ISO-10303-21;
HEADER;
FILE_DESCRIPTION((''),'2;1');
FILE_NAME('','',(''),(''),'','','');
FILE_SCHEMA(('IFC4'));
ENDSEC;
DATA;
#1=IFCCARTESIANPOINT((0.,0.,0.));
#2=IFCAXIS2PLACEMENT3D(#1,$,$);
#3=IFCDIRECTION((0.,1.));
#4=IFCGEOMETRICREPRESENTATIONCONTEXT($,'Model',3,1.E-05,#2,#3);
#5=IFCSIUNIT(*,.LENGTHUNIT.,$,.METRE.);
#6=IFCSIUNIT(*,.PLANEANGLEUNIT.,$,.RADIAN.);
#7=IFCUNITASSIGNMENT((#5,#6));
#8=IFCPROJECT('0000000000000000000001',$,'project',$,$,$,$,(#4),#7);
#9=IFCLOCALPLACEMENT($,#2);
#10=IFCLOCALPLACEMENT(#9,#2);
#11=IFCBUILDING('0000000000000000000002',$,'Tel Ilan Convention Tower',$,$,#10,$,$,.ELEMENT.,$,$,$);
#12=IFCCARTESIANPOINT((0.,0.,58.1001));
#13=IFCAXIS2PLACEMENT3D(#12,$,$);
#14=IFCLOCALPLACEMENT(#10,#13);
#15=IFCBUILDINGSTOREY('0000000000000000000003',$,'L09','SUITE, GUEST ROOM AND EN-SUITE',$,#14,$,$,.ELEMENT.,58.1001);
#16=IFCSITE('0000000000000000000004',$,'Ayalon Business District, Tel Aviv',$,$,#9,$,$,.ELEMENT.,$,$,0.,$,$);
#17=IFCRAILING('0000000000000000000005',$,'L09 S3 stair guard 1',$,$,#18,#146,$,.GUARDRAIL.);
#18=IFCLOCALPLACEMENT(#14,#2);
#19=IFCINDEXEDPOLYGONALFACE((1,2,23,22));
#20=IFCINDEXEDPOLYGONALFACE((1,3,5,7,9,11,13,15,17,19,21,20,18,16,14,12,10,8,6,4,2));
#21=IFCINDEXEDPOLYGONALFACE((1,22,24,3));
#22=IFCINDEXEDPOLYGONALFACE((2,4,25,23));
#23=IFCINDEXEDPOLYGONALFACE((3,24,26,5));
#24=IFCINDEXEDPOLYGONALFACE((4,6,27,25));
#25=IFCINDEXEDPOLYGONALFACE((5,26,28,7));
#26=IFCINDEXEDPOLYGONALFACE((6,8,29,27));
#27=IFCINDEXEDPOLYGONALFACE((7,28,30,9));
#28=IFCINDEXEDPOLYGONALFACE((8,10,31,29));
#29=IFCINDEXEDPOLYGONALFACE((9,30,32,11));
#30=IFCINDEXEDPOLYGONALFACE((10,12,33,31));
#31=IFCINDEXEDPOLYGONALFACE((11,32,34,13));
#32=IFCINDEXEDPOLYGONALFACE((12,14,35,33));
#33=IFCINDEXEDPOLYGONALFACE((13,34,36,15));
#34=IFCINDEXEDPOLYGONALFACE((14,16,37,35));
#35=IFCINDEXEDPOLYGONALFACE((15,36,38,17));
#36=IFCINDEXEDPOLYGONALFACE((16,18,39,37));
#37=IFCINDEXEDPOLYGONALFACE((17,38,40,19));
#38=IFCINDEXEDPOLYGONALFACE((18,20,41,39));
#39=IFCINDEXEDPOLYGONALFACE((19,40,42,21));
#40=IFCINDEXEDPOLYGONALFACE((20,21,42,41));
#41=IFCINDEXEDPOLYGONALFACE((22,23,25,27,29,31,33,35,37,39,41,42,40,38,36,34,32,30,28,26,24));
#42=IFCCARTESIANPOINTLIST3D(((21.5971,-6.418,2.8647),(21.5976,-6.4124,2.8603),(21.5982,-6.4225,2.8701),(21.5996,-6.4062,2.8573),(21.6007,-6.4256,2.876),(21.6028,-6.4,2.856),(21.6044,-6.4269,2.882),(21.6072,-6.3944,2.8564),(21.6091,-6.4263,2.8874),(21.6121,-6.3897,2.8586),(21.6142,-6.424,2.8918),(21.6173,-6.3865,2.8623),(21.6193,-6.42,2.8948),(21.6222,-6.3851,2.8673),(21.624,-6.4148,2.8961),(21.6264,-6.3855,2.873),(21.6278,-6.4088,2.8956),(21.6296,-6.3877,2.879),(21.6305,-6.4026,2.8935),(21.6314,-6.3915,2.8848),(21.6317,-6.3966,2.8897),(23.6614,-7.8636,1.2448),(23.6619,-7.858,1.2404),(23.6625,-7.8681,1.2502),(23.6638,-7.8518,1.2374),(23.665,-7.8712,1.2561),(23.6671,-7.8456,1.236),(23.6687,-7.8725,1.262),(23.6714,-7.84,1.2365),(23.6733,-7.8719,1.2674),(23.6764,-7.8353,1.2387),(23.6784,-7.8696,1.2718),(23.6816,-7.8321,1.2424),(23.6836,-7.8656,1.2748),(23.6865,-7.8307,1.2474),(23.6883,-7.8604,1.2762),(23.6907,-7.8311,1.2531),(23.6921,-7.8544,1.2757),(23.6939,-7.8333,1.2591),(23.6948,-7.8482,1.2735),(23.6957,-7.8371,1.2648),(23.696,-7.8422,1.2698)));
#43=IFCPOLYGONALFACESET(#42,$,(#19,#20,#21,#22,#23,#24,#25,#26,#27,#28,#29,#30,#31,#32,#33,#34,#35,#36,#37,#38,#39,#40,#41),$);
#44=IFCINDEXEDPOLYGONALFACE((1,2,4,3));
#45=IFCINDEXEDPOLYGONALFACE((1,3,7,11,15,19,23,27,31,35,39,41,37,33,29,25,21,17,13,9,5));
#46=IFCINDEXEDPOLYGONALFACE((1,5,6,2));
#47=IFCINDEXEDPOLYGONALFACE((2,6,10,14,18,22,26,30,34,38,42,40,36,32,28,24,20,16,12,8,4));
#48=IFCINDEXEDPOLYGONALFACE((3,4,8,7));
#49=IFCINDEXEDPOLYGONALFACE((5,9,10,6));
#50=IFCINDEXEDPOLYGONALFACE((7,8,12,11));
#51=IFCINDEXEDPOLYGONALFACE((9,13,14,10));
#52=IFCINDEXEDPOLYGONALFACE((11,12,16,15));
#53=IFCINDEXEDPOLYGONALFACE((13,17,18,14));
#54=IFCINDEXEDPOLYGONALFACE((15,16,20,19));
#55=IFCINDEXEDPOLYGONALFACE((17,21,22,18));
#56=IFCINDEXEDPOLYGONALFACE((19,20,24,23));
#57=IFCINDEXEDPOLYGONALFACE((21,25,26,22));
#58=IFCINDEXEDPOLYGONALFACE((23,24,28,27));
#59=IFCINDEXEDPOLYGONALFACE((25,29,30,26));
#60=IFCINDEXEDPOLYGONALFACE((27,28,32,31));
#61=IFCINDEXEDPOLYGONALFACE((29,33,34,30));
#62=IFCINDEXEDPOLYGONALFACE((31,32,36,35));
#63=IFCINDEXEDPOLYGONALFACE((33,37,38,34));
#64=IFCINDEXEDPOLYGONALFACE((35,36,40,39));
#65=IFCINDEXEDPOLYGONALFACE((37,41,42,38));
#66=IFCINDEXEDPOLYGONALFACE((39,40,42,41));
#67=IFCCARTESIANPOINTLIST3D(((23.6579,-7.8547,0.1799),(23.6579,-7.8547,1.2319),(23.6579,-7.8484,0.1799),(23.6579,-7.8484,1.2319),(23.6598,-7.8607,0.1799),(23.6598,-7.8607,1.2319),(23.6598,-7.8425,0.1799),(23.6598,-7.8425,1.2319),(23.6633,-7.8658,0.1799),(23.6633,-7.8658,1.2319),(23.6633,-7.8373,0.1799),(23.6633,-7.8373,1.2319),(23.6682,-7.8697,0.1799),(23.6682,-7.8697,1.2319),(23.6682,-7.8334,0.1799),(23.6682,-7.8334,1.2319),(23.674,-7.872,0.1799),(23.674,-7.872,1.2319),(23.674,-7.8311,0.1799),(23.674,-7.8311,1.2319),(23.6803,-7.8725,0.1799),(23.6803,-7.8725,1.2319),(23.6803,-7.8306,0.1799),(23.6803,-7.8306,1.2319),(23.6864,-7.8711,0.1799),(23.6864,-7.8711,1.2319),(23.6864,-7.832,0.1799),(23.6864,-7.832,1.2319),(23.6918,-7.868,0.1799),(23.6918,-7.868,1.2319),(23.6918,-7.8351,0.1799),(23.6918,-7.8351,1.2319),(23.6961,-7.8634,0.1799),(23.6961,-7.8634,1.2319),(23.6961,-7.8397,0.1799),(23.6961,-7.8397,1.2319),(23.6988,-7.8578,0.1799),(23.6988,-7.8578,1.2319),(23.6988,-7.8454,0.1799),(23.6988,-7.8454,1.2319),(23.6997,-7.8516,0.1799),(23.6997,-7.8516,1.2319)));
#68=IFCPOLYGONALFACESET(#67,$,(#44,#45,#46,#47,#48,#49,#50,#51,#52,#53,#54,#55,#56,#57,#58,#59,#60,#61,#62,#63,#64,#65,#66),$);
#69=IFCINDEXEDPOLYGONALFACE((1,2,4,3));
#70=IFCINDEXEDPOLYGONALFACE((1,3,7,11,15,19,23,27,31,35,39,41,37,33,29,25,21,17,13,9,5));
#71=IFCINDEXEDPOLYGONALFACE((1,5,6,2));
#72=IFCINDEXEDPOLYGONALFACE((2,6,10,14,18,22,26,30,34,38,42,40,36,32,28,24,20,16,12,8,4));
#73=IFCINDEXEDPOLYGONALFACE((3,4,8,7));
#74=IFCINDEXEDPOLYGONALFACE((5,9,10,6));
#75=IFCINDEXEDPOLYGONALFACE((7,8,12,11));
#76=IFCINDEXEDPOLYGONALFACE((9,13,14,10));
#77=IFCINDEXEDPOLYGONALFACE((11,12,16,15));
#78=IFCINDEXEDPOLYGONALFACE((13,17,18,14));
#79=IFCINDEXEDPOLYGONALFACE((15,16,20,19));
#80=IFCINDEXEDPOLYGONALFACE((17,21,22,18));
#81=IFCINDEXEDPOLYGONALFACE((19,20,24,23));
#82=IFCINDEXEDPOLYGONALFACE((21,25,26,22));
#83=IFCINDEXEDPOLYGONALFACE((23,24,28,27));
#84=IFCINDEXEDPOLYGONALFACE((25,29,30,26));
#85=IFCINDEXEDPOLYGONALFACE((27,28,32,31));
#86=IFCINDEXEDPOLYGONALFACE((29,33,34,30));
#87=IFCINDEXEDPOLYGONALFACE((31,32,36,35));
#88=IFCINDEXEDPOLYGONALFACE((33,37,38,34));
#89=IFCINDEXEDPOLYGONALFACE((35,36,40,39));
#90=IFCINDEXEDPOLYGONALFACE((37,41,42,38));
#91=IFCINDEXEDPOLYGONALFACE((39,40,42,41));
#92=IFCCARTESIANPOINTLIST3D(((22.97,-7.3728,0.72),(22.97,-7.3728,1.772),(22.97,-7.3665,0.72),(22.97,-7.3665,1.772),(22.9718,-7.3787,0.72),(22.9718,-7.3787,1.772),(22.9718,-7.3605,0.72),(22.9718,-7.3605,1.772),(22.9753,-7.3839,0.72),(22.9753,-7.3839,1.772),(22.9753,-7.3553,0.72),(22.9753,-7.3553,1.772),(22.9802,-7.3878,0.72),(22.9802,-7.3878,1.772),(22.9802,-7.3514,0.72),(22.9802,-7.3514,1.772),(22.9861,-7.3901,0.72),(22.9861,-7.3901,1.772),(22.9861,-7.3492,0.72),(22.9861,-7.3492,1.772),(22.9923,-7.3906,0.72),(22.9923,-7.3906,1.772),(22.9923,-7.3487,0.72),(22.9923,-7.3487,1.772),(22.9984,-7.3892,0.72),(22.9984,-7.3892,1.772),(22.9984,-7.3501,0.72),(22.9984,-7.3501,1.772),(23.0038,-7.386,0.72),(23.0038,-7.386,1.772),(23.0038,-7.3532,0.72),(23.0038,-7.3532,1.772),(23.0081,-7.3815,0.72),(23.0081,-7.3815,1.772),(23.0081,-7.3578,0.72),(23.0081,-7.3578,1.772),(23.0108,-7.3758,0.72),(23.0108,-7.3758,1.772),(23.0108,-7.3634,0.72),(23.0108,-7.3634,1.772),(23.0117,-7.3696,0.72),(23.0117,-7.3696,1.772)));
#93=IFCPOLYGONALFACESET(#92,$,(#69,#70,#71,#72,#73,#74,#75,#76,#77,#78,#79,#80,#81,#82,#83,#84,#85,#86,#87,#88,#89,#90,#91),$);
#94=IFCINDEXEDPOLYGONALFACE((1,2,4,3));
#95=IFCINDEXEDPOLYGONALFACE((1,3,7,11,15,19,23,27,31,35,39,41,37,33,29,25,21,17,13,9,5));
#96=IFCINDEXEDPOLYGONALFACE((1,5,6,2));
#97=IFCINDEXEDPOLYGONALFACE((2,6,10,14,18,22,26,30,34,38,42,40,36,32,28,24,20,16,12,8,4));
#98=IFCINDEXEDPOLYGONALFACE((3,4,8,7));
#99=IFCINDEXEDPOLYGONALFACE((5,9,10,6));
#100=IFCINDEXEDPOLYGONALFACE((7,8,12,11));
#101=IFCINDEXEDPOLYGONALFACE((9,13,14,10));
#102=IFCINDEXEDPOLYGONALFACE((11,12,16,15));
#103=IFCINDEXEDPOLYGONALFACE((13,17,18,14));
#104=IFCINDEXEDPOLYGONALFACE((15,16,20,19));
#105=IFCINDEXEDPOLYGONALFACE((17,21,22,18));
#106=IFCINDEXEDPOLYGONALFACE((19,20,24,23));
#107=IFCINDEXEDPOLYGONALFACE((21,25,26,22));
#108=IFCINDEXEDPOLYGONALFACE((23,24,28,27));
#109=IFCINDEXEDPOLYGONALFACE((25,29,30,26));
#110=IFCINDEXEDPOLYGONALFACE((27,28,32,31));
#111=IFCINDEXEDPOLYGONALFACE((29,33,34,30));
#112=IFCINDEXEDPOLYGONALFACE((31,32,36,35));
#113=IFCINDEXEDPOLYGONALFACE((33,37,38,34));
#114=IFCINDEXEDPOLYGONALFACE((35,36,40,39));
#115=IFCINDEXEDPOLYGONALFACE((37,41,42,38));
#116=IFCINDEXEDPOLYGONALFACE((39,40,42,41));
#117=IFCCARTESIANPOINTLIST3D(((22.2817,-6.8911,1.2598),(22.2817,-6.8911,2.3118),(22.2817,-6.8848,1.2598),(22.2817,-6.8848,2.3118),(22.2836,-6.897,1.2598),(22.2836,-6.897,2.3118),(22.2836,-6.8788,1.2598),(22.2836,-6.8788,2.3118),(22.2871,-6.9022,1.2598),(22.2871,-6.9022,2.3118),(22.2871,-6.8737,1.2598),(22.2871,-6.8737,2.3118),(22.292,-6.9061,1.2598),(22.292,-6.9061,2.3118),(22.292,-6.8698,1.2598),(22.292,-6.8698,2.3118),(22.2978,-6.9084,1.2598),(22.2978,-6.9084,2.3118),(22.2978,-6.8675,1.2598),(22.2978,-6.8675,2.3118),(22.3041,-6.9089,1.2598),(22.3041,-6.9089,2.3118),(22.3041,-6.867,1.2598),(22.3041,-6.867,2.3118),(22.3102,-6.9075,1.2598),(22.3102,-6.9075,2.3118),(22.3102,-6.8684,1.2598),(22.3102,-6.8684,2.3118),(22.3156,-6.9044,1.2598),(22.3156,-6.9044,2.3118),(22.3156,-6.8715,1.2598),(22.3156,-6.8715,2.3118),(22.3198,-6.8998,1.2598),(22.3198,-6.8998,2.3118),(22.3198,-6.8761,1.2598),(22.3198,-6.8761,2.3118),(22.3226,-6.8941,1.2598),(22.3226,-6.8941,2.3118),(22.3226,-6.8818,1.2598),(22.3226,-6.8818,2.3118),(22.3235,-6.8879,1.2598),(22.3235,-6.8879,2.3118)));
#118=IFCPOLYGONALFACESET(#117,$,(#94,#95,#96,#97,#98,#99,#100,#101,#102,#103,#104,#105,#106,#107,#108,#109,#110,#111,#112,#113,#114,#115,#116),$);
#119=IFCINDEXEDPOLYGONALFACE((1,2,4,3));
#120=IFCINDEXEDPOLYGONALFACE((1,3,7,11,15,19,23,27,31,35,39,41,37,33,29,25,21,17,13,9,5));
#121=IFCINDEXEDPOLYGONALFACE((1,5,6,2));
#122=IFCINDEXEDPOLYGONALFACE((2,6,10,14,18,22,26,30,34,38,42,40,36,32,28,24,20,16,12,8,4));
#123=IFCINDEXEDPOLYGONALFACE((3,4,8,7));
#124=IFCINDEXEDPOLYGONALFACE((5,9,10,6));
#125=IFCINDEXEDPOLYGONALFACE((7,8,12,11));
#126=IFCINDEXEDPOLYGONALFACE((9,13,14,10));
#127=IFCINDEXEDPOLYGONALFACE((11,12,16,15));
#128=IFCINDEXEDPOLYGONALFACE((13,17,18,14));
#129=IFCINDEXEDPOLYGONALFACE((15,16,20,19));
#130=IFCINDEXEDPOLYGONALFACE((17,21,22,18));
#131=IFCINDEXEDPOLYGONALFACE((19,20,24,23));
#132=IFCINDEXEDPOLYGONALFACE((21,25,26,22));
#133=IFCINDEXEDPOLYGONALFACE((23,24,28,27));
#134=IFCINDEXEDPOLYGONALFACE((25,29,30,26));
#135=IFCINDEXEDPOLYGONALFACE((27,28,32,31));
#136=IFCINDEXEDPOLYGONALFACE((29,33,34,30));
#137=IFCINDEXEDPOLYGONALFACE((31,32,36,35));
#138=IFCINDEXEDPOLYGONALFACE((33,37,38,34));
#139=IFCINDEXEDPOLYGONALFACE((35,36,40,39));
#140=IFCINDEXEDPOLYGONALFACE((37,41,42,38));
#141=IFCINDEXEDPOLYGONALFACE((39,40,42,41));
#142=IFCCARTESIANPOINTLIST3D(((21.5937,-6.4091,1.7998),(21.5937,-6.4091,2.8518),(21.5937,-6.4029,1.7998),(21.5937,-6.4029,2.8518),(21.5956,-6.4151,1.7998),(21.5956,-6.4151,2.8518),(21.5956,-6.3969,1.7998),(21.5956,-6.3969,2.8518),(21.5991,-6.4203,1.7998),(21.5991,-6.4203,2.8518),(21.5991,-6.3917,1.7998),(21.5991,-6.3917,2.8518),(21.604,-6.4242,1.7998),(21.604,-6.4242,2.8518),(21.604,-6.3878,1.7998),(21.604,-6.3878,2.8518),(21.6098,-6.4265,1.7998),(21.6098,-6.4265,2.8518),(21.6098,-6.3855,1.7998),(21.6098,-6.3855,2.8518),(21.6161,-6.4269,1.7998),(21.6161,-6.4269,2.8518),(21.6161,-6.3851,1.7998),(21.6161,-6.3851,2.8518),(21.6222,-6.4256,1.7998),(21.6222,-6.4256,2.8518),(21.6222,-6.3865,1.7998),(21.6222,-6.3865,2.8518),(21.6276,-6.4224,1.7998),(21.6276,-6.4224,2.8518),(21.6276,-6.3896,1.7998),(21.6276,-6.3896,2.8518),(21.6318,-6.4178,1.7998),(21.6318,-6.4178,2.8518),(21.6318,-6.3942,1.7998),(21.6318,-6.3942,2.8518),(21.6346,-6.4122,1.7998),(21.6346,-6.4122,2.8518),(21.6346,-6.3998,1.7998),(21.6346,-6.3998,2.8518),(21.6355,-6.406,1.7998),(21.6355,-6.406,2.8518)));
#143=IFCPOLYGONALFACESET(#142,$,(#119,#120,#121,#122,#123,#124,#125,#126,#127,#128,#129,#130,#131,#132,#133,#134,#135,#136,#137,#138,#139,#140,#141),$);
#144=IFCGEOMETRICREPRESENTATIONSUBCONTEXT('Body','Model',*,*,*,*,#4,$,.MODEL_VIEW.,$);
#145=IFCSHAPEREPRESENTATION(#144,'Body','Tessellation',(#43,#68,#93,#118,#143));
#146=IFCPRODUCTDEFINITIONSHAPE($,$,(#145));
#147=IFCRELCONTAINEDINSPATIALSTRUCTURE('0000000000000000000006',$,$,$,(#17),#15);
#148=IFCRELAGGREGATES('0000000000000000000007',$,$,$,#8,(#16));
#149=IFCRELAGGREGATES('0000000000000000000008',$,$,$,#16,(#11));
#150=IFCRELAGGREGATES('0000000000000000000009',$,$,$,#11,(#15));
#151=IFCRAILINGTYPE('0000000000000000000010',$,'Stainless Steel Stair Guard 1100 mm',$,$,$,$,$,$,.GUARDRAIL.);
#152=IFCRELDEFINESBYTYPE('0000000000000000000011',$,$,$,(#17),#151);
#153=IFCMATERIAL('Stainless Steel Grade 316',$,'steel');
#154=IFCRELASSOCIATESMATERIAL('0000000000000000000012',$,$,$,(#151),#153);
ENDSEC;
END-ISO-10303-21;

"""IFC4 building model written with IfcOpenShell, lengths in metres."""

from ifc_helpers import new_model, si_unit, direction, frame, origin, origin_2d, place, context, subcontext, project, spatial, circle, extrude, material, type_object, element, save


model = new_model("IFC4")

# Units and contexts
model_context = context("Model", 3, precision=1e-05, world=origin(), true_north=direction((0.0, 1.0)))
body_context = subcontext(model_context, "Body", "Model", "MODEL_VIEW")
ifc_project = project(units=[si_unit("LENGTHUNIT", "METRE"), si_unit("PLANEANGLEUNIT", "RADIAN")], contexts=[model_context])

# Site, building, storey
site_placement = place(None, origin())
site = spatial("IfcSite", under=ifc_project, at=site_placement, Name="Ayalon Business District, Tel Aviv", CompositionType="ELEMENT", RefElevation=0.0)
building_placement = place(site_placement, origin())
building = spatial("IfcBuilding", under=site, at=building_placement, Name="Tel Ilan Convention Tower", CompositionType="ELEMENT")
storey_placement = place(building_placement, frame((0.0, 0.0, 58.1001)))
storey = spatial("IfcBuildingStorey", under=building, at=storey_placement, Name="L09", Description="SUITE, GUEST ROOM AND EN-SUITE", CompositionType="ELEMENT", Elevation=58.1001)

# Railing
ifc_material_1 = material(Name="Stainless Steel Grade 316", Category="steel")
railing_type_1 = type_object("IfcRailingType", Name="Stainless Steel Stair Guard 1100 mm", PredefinedType="GUARDRAIL", material=ifc_material_1)
railing_1_placement = place(storey_placement, frame((23.6787, -7.8516, 0.1799)))
element("IfcRailing", 1, at=railing_1_placement, inside=storey, type_object=railing_type_1, Name="L09 S3 stair guard 1", PredefinedType="GUARDRAIL", context=body_context, shape_type="SweptSolid", body=[
    extrude(circle(Radius=0.0239, at=origin_2d()), frame((0.0, 0.0, 1.0762), z_axis=(-0.689043, 0.482534, 0.540722), x_axis=(-0.573625, -0.819118, 0.0)), (0.0, 0.0, 1.0), 2.9958),
    extrude(circle(Radius=0.021, at=origin_2d()), origin(), (0.0, 0.0, 1.0), 1.052),
    extrude(circle(Radius=0.021, at=origin_2d()), frame((-0.688, 0.4819, 0.54)), (0.0, 0.0, 1.0), 1.052),
    extrude(circle(Radius=0.021, at=origin_2d()), frame((-1.3762, 0.9636, 1.0798)), (0.0, 0.0, 1.0), 1.052),
    extrude(circle(Radius=0.021, at=origin_2d()), frame((-2.0642, 1.4456, 1.6199)), (0.0, 0.0, 1.0), 1.052),
])

save(model, "model.ifc")
